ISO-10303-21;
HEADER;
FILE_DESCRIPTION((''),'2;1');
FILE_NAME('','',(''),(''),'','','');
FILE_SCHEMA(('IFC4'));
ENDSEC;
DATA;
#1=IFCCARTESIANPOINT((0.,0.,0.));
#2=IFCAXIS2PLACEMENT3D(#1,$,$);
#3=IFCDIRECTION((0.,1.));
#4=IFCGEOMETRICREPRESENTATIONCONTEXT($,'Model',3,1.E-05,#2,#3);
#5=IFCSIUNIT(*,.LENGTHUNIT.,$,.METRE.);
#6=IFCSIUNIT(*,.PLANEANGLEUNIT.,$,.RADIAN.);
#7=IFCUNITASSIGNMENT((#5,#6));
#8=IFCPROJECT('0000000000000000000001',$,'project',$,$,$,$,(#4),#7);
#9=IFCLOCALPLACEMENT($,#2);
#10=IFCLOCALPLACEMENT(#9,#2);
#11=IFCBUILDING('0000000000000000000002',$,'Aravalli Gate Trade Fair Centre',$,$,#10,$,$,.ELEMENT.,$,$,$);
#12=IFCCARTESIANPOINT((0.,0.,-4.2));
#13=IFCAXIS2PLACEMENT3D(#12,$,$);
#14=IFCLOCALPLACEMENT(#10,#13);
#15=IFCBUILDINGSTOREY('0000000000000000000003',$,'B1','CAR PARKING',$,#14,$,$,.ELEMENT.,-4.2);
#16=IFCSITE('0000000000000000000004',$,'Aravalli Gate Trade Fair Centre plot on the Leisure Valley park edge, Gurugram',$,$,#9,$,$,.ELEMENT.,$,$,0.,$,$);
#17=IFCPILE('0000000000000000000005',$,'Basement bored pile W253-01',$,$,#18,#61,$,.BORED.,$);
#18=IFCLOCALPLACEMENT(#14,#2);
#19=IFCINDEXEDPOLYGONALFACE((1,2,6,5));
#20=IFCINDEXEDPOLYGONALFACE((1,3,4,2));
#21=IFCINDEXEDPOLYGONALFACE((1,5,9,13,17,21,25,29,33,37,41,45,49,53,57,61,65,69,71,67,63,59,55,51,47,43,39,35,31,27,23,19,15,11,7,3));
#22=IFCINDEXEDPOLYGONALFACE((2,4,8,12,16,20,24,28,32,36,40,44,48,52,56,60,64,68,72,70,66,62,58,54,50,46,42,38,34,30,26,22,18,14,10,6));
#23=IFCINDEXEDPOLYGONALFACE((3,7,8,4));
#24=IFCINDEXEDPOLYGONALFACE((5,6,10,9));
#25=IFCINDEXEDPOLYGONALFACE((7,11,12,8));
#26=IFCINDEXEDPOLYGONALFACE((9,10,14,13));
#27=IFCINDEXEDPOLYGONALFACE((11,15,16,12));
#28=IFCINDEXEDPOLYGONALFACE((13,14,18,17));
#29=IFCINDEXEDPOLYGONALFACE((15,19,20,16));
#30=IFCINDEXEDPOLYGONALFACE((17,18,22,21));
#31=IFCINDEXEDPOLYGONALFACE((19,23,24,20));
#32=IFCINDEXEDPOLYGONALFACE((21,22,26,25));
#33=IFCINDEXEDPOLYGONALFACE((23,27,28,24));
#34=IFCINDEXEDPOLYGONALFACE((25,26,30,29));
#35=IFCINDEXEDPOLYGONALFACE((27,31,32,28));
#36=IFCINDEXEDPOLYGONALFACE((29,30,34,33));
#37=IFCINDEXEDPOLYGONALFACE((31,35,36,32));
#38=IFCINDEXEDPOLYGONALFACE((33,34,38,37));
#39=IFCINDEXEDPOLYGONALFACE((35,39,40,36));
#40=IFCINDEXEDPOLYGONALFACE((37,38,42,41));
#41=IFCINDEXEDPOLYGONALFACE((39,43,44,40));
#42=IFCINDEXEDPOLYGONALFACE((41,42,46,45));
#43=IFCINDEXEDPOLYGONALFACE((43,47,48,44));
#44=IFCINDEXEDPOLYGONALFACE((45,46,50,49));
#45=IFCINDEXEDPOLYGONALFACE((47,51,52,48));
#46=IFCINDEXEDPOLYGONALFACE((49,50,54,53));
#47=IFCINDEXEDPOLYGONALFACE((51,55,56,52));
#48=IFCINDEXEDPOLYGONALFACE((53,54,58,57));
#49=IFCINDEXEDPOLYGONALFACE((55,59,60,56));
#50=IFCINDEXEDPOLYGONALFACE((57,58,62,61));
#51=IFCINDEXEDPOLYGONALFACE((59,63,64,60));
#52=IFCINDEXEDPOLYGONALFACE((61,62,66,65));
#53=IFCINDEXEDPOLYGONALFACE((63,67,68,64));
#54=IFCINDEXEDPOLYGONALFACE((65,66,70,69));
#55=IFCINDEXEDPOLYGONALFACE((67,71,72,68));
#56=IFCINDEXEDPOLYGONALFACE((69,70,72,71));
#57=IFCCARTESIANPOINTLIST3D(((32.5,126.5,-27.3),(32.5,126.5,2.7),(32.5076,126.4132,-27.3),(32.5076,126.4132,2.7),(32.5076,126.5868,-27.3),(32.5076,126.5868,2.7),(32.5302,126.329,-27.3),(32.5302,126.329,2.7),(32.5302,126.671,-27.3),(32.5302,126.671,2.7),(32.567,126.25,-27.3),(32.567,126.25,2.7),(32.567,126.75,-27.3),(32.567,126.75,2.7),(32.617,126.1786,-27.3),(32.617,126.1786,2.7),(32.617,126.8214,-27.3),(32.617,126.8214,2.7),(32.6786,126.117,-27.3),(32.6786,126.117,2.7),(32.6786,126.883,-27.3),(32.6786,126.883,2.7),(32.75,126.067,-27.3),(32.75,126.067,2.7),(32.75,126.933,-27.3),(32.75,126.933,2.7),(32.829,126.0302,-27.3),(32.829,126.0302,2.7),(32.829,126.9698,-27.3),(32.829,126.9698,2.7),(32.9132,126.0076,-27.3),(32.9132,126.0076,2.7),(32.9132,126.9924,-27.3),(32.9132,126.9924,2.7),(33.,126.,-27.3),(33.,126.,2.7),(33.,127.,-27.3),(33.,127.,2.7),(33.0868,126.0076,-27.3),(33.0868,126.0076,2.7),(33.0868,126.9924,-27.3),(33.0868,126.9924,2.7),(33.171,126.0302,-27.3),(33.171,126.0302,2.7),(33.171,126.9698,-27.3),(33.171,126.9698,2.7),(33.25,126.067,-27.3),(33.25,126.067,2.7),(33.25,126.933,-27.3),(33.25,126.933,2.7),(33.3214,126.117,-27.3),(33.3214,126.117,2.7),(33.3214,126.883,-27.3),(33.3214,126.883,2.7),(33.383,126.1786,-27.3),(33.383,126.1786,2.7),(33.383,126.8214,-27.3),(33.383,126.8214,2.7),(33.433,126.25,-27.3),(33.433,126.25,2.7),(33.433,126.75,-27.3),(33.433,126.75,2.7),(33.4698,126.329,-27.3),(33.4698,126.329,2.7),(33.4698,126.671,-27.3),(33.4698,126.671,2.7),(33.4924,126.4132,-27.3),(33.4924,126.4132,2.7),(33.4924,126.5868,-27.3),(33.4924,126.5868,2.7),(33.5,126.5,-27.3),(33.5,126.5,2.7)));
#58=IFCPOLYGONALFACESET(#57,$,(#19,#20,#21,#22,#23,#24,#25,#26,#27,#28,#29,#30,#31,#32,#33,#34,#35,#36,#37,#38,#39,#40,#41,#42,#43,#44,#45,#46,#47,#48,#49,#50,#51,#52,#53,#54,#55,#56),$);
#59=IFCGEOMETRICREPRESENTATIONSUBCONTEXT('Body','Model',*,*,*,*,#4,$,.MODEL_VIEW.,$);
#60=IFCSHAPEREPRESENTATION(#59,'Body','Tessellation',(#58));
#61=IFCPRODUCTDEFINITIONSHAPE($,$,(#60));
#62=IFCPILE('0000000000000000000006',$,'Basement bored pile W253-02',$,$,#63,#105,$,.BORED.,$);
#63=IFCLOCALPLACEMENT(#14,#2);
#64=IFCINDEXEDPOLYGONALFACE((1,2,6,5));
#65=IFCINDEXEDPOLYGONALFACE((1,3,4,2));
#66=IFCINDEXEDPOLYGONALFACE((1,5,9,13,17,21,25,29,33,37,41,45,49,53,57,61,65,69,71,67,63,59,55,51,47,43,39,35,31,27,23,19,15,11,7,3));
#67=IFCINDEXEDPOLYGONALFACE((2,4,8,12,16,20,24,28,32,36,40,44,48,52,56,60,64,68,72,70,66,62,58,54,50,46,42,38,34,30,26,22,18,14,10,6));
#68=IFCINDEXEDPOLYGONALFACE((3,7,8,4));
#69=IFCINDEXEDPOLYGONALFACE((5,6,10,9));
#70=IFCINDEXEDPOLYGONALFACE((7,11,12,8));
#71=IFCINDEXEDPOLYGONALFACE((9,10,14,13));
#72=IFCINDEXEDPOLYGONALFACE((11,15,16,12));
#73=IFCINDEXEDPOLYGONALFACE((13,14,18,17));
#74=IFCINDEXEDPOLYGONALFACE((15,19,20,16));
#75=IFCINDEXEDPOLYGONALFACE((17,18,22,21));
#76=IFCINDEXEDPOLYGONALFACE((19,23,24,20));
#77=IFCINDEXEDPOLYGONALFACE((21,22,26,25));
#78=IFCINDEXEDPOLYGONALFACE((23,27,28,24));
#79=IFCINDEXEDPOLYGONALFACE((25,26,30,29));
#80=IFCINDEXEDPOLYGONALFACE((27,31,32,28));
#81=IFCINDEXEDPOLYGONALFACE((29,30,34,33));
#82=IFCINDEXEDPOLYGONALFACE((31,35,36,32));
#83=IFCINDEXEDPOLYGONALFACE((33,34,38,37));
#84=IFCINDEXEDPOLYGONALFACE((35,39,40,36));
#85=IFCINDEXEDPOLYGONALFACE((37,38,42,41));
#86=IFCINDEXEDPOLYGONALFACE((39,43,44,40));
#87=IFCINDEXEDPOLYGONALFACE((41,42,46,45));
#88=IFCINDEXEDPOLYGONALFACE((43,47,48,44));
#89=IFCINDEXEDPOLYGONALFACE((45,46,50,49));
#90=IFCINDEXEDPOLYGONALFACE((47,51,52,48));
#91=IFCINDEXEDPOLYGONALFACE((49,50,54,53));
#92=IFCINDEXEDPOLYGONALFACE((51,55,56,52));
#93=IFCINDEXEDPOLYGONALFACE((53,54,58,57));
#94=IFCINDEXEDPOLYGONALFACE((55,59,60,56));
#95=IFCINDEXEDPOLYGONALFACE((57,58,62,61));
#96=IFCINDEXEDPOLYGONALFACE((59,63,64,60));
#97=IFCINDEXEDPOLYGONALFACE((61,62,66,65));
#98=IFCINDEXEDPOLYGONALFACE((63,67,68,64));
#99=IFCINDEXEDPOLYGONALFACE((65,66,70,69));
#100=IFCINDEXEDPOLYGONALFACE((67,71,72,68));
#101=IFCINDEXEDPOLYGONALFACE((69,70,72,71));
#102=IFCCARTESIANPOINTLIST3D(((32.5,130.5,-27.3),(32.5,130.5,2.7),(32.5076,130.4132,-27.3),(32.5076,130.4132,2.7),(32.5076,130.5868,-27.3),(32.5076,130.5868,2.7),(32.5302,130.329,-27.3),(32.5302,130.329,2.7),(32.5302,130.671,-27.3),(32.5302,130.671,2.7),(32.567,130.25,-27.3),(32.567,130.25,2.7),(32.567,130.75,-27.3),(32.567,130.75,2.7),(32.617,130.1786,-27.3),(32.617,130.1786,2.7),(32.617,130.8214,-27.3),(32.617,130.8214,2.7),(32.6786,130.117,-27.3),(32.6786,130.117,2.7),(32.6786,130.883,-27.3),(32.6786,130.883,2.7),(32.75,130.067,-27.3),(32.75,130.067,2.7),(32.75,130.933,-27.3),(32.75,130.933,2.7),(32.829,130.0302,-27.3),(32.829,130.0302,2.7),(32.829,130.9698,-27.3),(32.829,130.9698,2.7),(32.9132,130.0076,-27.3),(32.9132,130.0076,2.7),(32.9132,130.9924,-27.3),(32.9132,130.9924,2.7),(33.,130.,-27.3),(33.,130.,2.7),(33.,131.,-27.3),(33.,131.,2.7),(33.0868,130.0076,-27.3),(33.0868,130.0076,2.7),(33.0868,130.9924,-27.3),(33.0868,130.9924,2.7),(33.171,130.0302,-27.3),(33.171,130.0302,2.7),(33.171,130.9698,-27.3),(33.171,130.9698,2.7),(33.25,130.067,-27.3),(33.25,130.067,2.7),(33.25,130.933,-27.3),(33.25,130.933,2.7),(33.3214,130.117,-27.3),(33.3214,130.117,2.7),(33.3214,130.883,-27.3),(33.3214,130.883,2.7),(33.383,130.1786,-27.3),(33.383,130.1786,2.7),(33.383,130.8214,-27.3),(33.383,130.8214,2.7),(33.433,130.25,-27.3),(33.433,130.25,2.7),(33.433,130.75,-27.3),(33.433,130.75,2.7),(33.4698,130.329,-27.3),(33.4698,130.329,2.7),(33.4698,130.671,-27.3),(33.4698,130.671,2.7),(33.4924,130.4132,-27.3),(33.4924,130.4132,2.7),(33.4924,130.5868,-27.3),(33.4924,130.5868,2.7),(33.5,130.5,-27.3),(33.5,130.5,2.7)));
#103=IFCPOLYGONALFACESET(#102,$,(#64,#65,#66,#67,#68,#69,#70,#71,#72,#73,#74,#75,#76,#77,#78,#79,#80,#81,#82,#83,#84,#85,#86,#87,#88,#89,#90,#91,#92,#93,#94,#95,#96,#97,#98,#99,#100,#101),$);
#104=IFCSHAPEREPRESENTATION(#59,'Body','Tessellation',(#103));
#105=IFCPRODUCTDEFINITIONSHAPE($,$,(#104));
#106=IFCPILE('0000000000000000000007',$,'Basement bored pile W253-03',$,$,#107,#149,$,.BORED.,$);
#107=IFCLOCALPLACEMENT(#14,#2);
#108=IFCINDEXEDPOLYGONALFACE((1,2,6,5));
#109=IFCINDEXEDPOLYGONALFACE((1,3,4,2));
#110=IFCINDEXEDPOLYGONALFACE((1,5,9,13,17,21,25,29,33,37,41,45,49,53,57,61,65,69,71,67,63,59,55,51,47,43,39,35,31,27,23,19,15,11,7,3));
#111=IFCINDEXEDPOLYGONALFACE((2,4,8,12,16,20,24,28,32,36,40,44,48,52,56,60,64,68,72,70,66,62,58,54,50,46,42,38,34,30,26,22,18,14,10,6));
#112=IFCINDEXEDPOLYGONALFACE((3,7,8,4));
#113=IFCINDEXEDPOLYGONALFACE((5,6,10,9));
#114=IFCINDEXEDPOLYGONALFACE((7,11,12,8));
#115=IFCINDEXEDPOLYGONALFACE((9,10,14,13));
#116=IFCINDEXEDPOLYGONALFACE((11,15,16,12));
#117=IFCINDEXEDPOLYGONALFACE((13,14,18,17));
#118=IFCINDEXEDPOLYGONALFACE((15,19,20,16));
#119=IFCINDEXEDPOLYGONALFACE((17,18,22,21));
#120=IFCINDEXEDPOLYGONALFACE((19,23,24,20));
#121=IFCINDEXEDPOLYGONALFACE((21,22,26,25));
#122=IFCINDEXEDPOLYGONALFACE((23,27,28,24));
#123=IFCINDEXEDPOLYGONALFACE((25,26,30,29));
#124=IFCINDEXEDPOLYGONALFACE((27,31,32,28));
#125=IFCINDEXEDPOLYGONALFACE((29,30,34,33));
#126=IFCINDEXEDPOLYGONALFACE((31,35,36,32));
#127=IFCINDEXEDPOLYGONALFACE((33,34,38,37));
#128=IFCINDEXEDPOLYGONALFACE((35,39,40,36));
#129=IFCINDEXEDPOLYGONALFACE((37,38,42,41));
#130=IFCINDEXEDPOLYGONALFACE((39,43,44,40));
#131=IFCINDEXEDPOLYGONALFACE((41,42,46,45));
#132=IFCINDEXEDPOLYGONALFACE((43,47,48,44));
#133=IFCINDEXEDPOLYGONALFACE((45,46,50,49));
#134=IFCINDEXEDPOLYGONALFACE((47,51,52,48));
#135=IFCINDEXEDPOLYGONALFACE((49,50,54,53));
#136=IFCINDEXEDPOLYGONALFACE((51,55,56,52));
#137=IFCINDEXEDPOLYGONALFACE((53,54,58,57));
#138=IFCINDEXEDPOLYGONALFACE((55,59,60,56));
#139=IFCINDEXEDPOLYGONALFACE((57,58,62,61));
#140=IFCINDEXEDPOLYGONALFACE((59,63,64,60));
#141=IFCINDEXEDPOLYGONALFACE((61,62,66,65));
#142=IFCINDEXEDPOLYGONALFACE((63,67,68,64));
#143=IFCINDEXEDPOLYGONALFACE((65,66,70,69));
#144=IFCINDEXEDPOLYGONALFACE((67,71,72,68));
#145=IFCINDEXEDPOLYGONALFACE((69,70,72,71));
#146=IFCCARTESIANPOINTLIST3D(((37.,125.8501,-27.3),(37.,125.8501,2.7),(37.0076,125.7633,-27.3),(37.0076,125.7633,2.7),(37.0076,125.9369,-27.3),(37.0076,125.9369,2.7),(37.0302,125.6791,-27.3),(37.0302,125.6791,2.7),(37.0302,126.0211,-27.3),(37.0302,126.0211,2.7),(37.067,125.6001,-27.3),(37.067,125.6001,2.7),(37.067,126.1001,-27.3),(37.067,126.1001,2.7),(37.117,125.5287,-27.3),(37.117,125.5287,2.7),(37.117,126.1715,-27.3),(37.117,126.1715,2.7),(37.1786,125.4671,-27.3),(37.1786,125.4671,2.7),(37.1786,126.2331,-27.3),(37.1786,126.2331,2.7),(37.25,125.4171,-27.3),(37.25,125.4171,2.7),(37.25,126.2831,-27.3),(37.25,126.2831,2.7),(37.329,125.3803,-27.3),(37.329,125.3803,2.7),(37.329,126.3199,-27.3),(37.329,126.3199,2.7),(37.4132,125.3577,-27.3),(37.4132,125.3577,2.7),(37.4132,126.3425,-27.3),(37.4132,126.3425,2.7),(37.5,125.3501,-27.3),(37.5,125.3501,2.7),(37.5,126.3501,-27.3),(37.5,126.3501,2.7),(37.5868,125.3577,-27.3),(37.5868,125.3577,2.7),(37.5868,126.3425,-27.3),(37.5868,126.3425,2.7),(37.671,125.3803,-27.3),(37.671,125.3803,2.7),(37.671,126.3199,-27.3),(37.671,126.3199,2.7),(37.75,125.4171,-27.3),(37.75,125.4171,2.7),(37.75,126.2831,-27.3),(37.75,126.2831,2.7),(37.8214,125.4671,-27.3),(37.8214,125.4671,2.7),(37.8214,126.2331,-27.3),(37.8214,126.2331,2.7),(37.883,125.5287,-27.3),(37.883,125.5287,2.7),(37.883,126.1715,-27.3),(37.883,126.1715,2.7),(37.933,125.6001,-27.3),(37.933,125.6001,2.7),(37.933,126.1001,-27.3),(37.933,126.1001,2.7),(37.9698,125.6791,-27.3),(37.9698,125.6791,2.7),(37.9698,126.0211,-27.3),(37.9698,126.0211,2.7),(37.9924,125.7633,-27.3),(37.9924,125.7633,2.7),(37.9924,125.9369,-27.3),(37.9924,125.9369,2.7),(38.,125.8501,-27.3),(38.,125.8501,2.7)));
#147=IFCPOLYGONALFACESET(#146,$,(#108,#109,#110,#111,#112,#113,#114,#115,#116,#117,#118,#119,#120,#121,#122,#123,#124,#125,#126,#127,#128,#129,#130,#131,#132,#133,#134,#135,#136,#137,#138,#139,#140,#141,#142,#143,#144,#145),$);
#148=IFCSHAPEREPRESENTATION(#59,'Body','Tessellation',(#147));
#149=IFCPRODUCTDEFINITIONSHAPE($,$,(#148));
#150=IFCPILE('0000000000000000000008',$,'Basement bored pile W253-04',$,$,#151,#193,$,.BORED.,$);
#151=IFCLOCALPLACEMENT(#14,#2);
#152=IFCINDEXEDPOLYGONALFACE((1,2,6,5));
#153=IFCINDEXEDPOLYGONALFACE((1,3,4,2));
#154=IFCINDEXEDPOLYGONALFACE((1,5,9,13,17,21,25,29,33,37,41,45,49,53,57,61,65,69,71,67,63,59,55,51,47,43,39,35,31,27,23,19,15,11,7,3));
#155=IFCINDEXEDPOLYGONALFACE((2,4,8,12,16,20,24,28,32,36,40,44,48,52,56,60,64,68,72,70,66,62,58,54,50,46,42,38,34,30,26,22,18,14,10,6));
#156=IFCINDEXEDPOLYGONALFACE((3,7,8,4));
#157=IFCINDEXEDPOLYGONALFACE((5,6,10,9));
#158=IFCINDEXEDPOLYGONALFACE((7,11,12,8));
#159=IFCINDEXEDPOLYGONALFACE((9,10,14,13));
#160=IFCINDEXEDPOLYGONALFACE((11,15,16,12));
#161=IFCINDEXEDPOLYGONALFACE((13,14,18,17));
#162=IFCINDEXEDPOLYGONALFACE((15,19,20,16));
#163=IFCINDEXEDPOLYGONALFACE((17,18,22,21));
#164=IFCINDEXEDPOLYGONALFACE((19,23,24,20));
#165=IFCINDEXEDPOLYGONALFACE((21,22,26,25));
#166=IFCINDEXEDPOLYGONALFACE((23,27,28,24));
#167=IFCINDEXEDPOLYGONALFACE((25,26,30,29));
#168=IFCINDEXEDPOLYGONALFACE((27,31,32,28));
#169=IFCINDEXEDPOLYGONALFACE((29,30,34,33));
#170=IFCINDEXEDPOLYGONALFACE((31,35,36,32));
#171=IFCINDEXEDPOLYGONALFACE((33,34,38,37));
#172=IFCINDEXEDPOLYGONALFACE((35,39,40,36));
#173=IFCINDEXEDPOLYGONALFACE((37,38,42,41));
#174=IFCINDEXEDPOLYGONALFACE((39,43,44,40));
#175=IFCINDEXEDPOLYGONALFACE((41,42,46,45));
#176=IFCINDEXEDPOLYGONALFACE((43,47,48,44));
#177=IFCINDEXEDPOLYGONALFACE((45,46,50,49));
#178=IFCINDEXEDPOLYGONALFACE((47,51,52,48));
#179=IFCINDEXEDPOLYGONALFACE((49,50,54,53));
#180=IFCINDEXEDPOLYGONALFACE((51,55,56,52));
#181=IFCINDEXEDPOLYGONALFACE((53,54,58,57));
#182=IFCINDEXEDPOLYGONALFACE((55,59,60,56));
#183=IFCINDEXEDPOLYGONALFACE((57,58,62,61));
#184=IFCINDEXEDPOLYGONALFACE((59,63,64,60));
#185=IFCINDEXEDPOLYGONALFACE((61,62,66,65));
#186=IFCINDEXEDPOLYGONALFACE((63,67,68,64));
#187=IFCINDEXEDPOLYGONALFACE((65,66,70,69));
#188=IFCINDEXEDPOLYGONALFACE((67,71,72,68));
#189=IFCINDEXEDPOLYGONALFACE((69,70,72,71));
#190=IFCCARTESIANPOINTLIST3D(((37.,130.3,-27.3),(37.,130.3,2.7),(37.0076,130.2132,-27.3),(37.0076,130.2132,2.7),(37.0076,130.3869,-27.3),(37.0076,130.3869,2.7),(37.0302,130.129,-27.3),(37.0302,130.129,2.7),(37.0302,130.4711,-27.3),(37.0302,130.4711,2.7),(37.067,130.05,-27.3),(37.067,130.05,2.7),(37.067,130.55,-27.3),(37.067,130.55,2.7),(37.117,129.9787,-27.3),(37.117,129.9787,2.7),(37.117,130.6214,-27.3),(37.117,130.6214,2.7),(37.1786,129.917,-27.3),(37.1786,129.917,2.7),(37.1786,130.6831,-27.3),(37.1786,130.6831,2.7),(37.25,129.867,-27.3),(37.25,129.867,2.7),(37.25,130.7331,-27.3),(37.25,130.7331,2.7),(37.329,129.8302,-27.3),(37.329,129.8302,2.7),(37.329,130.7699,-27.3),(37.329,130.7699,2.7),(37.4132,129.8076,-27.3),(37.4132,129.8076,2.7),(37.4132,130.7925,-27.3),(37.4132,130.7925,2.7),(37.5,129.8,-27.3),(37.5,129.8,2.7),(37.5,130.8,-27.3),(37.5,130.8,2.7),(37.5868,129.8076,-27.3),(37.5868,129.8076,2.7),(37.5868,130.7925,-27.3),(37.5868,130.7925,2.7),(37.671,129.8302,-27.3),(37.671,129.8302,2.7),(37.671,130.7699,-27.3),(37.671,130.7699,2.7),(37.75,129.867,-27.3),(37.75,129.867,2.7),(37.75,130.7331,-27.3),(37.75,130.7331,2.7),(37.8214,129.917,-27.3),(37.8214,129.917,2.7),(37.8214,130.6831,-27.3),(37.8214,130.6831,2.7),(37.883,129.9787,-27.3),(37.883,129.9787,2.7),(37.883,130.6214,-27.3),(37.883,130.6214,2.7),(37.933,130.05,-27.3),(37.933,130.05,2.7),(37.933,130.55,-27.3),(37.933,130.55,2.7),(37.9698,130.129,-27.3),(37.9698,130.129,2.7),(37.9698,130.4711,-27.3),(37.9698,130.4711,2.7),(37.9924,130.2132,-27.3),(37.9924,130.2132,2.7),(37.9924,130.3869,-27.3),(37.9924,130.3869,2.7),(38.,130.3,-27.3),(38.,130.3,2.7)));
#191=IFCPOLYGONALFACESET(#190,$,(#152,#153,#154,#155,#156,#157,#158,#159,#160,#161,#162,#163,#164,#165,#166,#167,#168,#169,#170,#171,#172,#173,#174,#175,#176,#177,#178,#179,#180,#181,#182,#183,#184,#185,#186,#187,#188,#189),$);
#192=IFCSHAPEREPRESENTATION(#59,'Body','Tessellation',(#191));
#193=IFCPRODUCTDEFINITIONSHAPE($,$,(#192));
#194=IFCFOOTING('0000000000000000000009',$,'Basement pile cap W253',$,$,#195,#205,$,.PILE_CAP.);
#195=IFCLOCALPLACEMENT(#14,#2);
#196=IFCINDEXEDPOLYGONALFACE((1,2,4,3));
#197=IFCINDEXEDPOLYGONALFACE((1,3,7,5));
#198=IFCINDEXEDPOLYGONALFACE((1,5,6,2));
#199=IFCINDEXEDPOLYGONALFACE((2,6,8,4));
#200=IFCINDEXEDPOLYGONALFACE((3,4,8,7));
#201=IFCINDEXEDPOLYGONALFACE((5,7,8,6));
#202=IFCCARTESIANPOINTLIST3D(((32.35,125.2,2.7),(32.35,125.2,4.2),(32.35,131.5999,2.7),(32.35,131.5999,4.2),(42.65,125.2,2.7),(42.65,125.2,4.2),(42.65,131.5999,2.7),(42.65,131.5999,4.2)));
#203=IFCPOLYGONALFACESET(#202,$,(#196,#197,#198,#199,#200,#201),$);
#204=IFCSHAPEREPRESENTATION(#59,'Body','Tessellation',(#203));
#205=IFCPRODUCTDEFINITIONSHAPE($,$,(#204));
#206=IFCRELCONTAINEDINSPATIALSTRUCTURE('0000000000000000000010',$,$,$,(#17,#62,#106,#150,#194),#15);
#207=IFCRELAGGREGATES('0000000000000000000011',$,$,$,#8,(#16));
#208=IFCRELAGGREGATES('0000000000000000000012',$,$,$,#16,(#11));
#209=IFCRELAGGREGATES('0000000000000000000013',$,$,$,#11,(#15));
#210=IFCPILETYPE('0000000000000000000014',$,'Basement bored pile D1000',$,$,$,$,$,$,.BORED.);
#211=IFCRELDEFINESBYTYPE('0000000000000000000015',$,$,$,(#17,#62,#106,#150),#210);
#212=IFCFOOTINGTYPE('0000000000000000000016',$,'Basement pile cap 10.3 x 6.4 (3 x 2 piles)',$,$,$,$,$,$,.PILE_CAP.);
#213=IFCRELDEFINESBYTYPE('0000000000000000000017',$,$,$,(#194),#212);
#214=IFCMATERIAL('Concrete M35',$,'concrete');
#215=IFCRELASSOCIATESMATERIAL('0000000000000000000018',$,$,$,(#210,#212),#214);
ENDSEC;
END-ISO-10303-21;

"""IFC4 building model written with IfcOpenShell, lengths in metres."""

from ifc_helpers import new_model, si_unit, direction, frame, origin, origin_2d, place, context, subcontext, project, spatial, rectangle, circle, extrude, material, material_profile, profile_set, type_object, element, save


model = new_model("IFC4")

# Units and contexts
model_context = context("Model", 3, precision=1e-05, world=origin(), true_north=direction((0.0, 1.0)))
body_context = subcontext(model_context, "Body", "Model", "MODEL_VIEW")
ifc_project = project(units=[si_unit("LENGTHUNIT", "METRE"), si_unit("PLANEANGLEUNIT", "RADIAN")], contexts=[model_context])

# Site, building, storey
site_placement = place(None, origin())
site = spatial("IfcSite", under=ifc_project, at=site_placement, Name="Aravalli Gate Trade Fair Centre plot on the Leisure Valley park edge, Gurugram", CompositionType="ELEMENT", RefElevation=0.0)
building_placement = place(site_placement, origin())
building = spatial("IfcBuilding", under=site, at=building_placement, Name="Aravalli Gate Trade Fair Centre", CompositionType="ELEMENT")
storey_placement = place(building_placement, frame((0.0, 0.0, -4.2)))
storey = spatial("IfcBuildingStorey", under=building, at=storey_placement, Name="B1", Description="CAR PARKING", CompositionType="ELEMENT", Elevation=-4.2)

# Piles
ifc_material_1 = material(Name="Concrete M35", Category="concrete")
ifc_material_profile_1 = material_profile(ifc_material_1, circle(Radius=0.5, at=origin_2d()), Name="D1000")
ifc_profile_set_1 = profile_set([ifc_material_profile_1], Name="Concrete M35")
pile_type = type_object("IfcPileType", Name="Basement bored pile D1000", PredefinedType="BORED", material=ifc_profile_set_1)
for number, where, z_axis, x_axis, name in (
    (1, (33.0, 126.5, 2.7), (0.0, 0.0, -1.0), (1.0, 0.0, 0.0), "Basement bored pile W253-01"),
    (2, (33.0, 130.5, 2.7), (0.0, 0.0, -1.0), (1.0, 0.0, 0.0), "Basement bored pile W253-02"),
    (3, (37.5, 125.8501, 2.7), (0.0, 0.0, -1.0), (1.0, 0.0, 0.0), "Basement bored pile W253-03"),
    (4, (37.5, 130.3, 2.7), (0.0, 0.0, -1.0), (1.0, 0.0, 0.0), "Basement bored pile W253-04"),
):
    element("IfcPile", number, at=place(storey_placement, frame(where, z_axis=z_axis, x_axis=x_axis)), inside=storey, type_object=pile_type, Name=name, PredefinedType="BORED", context=body_context, shape_type="SweptSolid", body=[
        extrude(circle(Radius=0.5, at=origin_2d()), origin(), (0.0, 0.0, 1.0), 30.0),
    ])

# Footing
footing_type = type_object("IfcFootingType", Name="Basement pile cap 10.3 x 6.4 (3 x 2 piles)", PredefinedType="PILE_CAP", material=ifc_material_1)
footing_placement = place(storey_placement, frame((37.5, 128.3999, 2.7), z_axis=(0.0, 0.0, 1.0), x_axis=(1.0, 0.0, 0.0)))
element("IfcFooting", 5, at=footing_placement, inside=storey, type_object=footing_type, Name="Basement pile cap W253", PredefinedType="PILE_CAP", context=body_context, shape_type="SweptSolid", body=[
    extrude(rectangle(XDim=10.3, YDim=6.3999, at=origin_2d()), origin(), (0.0, 0.0, 1.0), 1.5),
])

save(model, "model.ifc")
